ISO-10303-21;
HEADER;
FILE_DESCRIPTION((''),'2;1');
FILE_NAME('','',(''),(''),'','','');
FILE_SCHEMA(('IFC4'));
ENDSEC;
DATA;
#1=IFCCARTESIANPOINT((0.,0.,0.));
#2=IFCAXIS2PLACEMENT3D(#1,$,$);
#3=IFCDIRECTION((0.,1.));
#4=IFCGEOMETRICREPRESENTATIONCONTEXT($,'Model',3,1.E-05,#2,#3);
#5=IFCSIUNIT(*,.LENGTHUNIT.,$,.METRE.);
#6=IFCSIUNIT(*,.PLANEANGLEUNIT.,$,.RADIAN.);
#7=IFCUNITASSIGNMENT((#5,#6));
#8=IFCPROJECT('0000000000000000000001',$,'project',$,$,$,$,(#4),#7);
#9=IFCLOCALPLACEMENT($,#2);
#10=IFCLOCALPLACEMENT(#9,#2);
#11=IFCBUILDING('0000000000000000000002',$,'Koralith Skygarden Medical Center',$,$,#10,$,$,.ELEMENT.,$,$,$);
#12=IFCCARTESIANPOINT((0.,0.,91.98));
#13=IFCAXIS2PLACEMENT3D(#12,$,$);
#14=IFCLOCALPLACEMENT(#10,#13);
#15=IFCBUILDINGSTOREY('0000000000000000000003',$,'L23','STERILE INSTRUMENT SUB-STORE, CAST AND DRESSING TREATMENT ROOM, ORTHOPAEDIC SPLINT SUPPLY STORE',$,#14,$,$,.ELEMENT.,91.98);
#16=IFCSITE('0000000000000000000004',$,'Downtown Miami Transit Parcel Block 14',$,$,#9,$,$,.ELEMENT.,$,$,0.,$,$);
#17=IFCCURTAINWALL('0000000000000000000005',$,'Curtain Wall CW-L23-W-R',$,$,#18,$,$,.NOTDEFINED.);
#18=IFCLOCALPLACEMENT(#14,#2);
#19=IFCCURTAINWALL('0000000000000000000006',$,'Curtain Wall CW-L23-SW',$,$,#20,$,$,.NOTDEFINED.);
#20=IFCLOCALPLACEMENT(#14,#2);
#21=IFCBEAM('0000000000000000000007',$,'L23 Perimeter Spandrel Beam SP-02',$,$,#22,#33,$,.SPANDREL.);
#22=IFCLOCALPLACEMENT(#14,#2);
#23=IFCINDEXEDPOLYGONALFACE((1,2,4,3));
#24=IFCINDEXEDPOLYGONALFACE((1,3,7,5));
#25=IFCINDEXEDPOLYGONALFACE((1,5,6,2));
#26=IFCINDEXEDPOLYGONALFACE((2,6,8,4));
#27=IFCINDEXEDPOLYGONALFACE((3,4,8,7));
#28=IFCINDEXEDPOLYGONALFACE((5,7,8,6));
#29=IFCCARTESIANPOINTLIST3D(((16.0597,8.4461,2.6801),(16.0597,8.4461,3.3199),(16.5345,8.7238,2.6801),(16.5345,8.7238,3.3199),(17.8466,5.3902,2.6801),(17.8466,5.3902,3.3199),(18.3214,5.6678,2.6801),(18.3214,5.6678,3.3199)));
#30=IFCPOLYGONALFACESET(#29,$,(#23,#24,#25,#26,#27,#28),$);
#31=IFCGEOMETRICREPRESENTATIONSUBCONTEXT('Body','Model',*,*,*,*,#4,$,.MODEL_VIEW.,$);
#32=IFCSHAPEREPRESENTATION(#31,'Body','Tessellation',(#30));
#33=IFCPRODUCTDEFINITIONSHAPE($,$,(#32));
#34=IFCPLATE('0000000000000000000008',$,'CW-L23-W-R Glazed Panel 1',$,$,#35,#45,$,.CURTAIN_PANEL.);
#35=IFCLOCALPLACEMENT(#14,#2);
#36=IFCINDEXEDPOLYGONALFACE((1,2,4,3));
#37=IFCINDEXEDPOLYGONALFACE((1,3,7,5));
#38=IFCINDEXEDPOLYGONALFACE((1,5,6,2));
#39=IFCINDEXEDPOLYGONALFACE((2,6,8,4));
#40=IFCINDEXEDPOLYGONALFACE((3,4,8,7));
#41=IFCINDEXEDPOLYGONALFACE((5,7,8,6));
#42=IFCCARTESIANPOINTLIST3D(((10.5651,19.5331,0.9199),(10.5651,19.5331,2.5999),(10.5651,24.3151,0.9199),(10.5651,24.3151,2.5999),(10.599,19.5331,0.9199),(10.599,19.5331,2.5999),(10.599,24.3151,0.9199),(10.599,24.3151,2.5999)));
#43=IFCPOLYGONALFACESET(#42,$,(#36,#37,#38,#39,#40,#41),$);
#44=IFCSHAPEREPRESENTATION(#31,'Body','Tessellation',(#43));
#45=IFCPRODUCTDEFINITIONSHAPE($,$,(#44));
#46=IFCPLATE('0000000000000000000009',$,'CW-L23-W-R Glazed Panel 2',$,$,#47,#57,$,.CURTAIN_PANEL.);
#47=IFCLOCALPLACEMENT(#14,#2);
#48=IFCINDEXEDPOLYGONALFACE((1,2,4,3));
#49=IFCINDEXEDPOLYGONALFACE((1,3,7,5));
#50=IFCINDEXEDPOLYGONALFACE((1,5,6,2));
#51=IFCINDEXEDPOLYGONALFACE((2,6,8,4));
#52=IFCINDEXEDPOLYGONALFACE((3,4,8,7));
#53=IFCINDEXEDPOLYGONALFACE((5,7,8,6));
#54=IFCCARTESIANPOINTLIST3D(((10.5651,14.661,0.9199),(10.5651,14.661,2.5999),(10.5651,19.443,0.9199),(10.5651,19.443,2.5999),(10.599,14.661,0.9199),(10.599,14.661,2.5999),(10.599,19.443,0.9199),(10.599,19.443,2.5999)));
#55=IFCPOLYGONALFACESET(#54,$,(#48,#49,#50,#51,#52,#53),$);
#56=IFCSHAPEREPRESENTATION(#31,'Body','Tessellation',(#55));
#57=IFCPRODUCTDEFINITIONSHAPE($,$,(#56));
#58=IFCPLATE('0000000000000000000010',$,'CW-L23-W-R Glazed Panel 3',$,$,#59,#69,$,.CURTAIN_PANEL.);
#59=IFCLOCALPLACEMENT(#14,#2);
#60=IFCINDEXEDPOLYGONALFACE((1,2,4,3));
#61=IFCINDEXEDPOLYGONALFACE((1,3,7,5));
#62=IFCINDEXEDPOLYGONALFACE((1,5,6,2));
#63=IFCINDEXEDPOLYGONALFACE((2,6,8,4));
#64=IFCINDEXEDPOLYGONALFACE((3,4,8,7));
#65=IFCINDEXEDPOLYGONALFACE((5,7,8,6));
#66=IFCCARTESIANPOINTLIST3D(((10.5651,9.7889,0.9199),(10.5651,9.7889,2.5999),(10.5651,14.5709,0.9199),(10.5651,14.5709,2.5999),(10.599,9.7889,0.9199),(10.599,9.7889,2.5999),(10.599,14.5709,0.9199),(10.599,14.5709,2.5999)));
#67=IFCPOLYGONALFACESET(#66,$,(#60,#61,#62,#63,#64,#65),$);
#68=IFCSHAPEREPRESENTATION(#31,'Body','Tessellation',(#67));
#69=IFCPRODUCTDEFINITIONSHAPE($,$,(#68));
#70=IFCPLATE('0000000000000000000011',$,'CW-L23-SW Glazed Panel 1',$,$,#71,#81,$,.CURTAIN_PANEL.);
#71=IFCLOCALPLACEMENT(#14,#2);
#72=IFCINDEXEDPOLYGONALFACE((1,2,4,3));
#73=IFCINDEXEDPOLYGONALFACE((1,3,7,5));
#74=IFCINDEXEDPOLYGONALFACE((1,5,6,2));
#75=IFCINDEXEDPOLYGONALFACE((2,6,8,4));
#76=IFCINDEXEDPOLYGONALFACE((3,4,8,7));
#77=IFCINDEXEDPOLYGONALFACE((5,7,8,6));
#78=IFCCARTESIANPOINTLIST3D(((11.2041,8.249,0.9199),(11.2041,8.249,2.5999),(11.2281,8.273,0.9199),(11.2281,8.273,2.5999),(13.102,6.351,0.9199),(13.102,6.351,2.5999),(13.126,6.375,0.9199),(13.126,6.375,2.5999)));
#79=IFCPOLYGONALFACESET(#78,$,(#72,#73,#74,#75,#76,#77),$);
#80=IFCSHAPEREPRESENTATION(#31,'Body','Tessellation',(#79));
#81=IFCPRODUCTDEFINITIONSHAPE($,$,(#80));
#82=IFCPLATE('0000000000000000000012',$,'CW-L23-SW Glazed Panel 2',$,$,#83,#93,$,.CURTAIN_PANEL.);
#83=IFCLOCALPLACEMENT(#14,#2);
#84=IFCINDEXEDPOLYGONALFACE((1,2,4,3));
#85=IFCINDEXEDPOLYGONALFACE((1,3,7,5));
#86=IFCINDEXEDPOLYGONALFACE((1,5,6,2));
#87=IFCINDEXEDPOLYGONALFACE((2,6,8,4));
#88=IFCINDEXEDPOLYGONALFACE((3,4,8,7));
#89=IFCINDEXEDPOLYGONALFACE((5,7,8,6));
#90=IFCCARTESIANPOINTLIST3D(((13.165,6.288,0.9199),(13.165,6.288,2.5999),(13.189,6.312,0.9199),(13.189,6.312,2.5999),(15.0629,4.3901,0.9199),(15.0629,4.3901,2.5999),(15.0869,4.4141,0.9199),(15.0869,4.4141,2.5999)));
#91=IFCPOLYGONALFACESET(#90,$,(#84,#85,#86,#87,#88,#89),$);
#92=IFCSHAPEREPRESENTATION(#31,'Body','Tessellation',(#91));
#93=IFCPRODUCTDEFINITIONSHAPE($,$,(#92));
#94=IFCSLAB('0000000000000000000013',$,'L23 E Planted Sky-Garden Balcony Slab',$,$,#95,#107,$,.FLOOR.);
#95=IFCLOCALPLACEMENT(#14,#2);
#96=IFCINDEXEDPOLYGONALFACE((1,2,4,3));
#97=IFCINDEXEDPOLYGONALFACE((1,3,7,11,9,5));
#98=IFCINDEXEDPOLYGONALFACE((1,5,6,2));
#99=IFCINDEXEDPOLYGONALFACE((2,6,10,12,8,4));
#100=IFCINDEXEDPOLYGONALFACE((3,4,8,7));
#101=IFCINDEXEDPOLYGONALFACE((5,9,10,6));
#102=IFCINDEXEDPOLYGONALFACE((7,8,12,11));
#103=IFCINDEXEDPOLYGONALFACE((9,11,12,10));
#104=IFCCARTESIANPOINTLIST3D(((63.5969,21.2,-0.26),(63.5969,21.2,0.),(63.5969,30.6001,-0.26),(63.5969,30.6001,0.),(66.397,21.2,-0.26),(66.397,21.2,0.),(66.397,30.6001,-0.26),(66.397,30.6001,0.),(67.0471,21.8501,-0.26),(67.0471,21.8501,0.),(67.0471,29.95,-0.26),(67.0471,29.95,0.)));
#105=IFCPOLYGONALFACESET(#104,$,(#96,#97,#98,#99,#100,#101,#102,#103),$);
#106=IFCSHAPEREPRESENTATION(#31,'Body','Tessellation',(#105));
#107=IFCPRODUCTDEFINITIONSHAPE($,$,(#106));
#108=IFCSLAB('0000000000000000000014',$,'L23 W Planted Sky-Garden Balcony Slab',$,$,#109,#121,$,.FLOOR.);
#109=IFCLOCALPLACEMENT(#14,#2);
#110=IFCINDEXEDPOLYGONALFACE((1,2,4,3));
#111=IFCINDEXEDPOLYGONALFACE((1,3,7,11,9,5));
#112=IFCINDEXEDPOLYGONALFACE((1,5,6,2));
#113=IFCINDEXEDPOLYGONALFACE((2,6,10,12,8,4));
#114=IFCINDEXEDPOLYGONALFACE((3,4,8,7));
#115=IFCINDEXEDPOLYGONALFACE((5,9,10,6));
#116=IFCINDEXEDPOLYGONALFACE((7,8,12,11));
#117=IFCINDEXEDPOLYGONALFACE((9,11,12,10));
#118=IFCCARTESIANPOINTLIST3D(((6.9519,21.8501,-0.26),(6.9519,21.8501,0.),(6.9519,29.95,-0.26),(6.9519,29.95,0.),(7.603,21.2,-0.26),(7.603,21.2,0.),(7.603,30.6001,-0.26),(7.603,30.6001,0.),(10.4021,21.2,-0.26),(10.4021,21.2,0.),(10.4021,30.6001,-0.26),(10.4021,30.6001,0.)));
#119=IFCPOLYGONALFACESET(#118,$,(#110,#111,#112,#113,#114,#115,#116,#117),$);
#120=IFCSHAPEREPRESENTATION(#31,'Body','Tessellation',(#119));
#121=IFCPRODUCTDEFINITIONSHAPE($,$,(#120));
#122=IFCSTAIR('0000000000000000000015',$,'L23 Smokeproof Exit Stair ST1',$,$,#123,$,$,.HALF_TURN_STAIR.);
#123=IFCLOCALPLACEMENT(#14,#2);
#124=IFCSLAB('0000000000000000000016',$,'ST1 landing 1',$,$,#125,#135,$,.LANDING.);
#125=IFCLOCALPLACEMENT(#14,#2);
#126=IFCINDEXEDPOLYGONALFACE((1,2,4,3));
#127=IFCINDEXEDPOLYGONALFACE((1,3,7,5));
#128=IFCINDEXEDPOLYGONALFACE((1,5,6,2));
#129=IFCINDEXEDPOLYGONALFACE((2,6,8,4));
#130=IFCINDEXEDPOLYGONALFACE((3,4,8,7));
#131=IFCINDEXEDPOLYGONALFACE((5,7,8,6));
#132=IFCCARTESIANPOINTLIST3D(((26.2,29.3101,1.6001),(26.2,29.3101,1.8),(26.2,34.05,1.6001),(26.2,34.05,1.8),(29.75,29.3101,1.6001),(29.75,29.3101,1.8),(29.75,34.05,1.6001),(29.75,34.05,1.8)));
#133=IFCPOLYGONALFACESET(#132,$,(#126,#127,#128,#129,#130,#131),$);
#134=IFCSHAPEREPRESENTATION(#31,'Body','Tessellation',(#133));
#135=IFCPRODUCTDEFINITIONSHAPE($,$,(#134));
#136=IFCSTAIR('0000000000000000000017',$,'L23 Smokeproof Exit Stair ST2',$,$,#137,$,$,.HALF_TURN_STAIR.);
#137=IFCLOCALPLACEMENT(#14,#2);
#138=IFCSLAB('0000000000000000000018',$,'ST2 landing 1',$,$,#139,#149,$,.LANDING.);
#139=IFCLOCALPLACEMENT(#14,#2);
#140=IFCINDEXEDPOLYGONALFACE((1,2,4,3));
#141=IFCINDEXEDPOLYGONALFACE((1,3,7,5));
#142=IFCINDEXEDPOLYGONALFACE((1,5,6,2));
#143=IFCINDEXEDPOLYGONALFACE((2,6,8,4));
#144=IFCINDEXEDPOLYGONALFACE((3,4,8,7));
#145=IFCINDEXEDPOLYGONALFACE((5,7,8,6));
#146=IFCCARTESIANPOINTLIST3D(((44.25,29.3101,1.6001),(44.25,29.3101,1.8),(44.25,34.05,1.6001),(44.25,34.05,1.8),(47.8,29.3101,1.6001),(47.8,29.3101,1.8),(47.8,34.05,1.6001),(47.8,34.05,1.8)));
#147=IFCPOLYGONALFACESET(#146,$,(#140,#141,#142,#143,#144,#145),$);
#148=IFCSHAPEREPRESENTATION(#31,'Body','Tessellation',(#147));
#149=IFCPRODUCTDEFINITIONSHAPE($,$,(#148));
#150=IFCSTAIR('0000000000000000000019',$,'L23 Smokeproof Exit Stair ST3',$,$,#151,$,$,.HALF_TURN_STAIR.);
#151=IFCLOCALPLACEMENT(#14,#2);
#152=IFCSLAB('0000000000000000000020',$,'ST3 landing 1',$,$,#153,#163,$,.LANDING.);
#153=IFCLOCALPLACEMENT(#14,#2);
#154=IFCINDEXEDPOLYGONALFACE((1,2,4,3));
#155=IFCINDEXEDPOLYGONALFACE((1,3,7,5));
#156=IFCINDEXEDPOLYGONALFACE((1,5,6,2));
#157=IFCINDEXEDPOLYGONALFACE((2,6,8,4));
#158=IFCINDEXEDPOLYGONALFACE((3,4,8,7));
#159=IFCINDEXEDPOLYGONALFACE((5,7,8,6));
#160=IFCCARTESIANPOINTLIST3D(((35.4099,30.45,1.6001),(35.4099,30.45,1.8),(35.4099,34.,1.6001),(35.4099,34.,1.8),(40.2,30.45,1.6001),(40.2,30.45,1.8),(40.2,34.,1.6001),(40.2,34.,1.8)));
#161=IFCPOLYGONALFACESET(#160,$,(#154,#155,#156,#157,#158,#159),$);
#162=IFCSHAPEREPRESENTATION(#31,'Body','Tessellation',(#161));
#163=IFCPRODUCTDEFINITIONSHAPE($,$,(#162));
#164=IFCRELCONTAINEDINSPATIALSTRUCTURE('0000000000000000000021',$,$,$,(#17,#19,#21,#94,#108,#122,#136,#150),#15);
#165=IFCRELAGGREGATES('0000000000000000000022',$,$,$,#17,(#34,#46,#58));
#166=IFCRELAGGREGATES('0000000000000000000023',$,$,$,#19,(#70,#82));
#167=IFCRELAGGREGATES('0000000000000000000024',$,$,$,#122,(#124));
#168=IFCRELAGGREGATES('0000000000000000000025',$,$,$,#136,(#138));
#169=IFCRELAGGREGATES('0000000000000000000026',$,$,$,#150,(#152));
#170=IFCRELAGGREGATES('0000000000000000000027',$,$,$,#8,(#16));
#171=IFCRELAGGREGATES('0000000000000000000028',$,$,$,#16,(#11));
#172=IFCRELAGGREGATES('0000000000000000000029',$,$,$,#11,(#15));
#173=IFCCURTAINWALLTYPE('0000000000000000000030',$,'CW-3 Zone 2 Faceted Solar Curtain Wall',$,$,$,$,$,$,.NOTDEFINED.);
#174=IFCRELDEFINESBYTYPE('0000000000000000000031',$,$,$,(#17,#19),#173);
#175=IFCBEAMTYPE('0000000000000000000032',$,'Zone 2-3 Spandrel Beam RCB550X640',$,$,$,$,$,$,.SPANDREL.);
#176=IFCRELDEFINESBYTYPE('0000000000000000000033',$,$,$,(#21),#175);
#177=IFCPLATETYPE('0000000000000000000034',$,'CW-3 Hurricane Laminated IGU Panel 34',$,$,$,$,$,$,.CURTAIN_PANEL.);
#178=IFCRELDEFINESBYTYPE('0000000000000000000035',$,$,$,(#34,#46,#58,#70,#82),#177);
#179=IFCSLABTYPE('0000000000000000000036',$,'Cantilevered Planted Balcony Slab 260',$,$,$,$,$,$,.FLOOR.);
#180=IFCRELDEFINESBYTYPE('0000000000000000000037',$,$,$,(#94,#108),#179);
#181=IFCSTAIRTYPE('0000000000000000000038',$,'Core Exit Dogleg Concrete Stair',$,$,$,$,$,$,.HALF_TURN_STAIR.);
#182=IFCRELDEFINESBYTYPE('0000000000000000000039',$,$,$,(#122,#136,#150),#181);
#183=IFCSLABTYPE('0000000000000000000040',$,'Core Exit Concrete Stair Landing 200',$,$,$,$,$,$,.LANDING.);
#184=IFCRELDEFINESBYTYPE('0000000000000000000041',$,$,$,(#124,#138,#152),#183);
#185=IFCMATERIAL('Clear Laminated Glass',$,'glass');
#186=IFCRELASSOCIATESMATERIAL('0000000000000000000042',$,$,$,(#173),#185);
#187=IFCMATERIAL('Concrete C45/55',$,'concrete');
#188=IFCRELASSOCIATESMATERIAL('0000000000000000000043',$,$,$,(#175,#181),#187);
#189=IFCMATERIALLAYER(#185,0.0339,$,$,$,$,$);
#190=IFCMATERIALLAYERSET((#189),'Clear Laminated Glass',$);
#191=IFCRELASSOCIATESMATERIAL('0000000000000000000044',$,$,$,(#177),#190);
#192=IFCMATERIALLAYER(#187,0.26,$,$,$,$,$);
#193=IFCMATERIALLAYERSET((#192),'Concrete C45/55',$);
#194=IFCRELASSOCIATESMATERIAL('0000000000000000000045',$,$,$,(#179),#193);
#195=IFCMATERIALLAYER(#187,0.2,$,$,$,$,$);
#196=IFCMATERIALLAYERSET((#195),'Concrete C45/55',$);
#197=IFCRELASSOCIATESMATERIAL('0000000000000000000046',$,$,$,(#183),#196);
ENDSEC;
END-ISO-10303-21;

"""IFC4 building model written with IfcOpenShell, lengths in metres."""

from ifc_helpers import new_model, si_unit, direction, frame, origin, origin_2d, place, context, subcontext, project, spatial, polyline, rectangle, outline, extrude, material, layer, layer_set, material_profile, profile_set, type_object, element, aggregate, save


model = new_model("IFC4")

# Units and contexts
model_context = context("Model", 3, precision=1e-05, world=origin(), true_north=direction((0.0, 1.0)))
body_context = subcontext(model_context, "Body", "Model", "MODEL_VIEW")
ifc_project = project(units=[si_unit("LENGTHUNIT", "METRE"), si_unit("PLANEANGLEUNIT", "RADIAN")], contexts=[model_context])

# Site, building, storey
site_placement = place(None, origin())
site = spatial("IfcSite", under=ifc_project, at=site_placement, Name="Downtown Miami Transit Parcel Block 14", CompositionType="ELEMENT", RefElevation=0.0)
building_placement = place(site_placement, origin())
building = spatial("IfcBuilding", under=site, at=building_placement, Name="Koralith Skygarden Medical Center", CompositionType="ELEMENT")
storey_placement = place(building_placement, frame((0.0, 0.0, 91.98)))
storey = spatial("IfcBuildingStorey", under=building, at=storey_placement, Name="L23", Description="STERILE INSTRUMENT SUB-STORE, CAST AND DRESSING TREATMENT ROOM, ORTHOPAEDIC SPLINT SUPPLY STORE", CompositionType="ELEMENT", Elevation=91.98)

# Curtain walls
ifc_material_1 = material(Name="Clear Laminated Glass", Category="glass")
curtain_wall_type = type_object("IfcCurtainWallType", Name="CW-3 Zone 2 Faceted Solar Curtain Wall", PredefinedType="NOTDEFINED", material=ifc_material_1)
curtain_wall_1_placement = place(storey_placement, origin())
curtain_wall_1 = element("IfcCurtainWall", 1, at=curtain_wall_1_placement, inside=storey, type_object=curtain_wall_type, Name="Curtain Wall CW-L23-W-R", PredefinedType="NOTDEFINED")
curtain_wall_2_placement = place(storey_placement, origin())
curtain_wall_2 = element("IfcCurtainWall", 2, at=curtain_wall_2_placement, inside=storey, type_object=curtain_wall_type, Name="Curtain Wall CW-L23-SW", PredefinedType="NOTDEFINED")

# Beam
ifc_material_2 = material(Name="Concrete C45/55", Category="concrete")
ifc_material_profile_1 = material_profile(ifc_material_2, rectangle(XDim=0.55, YDim=0.6399, at=origin_2d()), Name="RCB550X640")
ifc_profile_set_1 = profile_set([ifc_material_profile_1], Name="Concrete C45/55")
beam_type = type_object("IfcBeamType", Name="Zone 2-3 Spandrel Beam RCB550X640", PredefinedType="SPANDREL", material=ifc_profile_set_1)
beam_1_placement = place(storey_placement, frame((16.2971, 8.585, 3.0), z_axis=(0.504767, -0.863256, 0.0), x_axis=(0.863256, 0.504767, 0.0)))
element("IfcBeam", 3, at=beam_1_placement, inside=storey, type_object=beam_type, Name="L23 Perimeter Spandrel Beam SP-02", PredefinedType="SPANDREL", context=body_context, shape_type="SweptSolid", body=[
    extrude(rectangle(XDim=0.55, YDim=0.6399, at=origin_2d()), origin(), (0.0, 0.0, 1.0), 3.54),
])

# Plates
ifc_layer_1 = layer(ifc_material_1, 0.0339)
ifc_layer_set_1 = layer_set([ifc_layer_1], Name="Clear Laminated Glass")
plate_type_1 = type_object("IfcPlateType", Name="CW-3 Hurricane Laminated IGU Panel 34", PredefinedType="CURTAIN_PANEL", material=ifc_layer_set_1)
plate_1_placement = place(storey_placement, frame((10.582, 21.9241, 0.9199), z_axis=(0.0, 0.0, 1.0), x_axis=(0.0, -1.0, 0.0)))
plate_1 = element("IfcPlate", 4, at=plate_1_placement, type_object=plate_type_1, Name="CW-L23-W-R Glazed Panel 1", PredefinedType="CURTAIN_PANEL", context=body_context, shape_type="SweptSolid", body=[
    extrude(rectangle(XDim=4.782, YDim=0.0339, at=origin_2d()), origin(), (0.0, 0.0, 1.0), 1.6799),
])
plate_2_placement = place(storey_placement, frame((10.582, 17.052, 0.9199), z_axis=(0.0, 0.0, 1.0), x_axis=(0.0, -1.0, 0.0)))
plate_2 = element("IfcPlate", 5, at=plate_2_placement, type_object=plate_type_1, Name="CW-L23-W-R Glazed Panel 2", PredefinedType="CURTAIN_PANEL", context=body_context, shape_type="SweptSolid", body=[
    extrude(rectangle(XDim=4.782, YDim=0.0339, at=origin_2d()), origin(), (0.0, 0.0, 1.0), 1.6799),
])
plate_3_placement = place(storey_placement, frame((10.582, 12.1799, 0.9199), z_axis=(0.0, 0.0, 1.0), x_axis=(0.0, -1.0, 0.0)))
plate_3 = element("IfcPlate", 6, at=plate_3_placement, type_object=plate_type_1, Name="CW-L23-W-R Glazed Panel 3", PredefinedType="CURTAIN_PANEL", context=body_context, shape_type="SweptSolid", body=[
    extrude(rectangle(XDim=4.782, YDim=0.0339, at=origin_2d()), origin(), (0.0, 0.0, 1.0), 1.6799),
])
aggregate(curtain_wall_1, [plate_1, plate_2, plate_3])
plate_4_placement = place(storey_placement, frame((12.165, 7.312, 0.9199), z_axis=(0.0, 0.0, 1.0), x_axis=(0.707107, -0.707107, 0.0)))
plate_4 = element("IfcPlate", 7, at=plate_4_placement, type_object=plate_type_1, Name="CW-L23-SW Glazed Panel 1", PredefinedType="CURTAIN_PANEL", context=body_context, shape_type="SweptSolid", body=[
    extrude(rectangle(XDim=2.6841, YDim=0.0339, at=origin_2d()), origin(), (0.0, 0.0, 1.0), 1.6799),
])
plate_5_placement = place(storey_placement, frame((14.126, 5.3511, 0.9199), z_axis=(0.0, 0.0, 1.0), x_axis=(0.707107, -0.707107, 0.0)))
plate_5 = element("IfcPlate", 8, at=plate_5_placement, type_object=plate_type_1, Name="CW-L23-SW Glazed Panel 2", PredefinedType="CURTAIN_PANEL", context=body_context, shape_type="SweptSolid", body=[
    extrude(rectangle(XDim=2.6841, YDim=0.0339, at=origin_2d()), origin(), (0.0, 0.0, 1.0), 1.6799),
])
aggregate(curtain_wall_2, [plate_4, plate_5])

# Slabs
ifc_layer_2 = layer(ifc_material_2, 0.26)
ifc_layer_set_2 = layer_set([ifc_layer_2], Name="Concrete C45/55")
slab_type_1 = type_object("IfcSlabType", Name="Cantilevered Planted Balcony Slab 260", PredefinedType="FLOOR", material=ifc_layer_set_2)
slab_1_placement = place(storey_placement, frame((0.0, 0.0, -0.26)))
element("IfcSlab", 9, at=slab_1_placement, inside=storey, type_object=slab_type_1, Name="L23 E Planted Sky-Garden Balcony Slab", PredefinedType="FLOOR", context=body_context, shape_type="SweptSolid", body=[
    extrude(outline(polyline([(63.5969, 21.2), (66.397, 21.2), (67.0471, 21.8501), (67.0471, 29.95), (66.397, 30.6001), (63.5969, 30.6001), (63.5969, 21.2)])), origin(), (0.0, 0.0, 1.0), 0.26),
])
slab_2_placement = place(storey_placement, frame((0.0, 0.0, -0.26)))
element("IfcSlab", 10, at=slab_2_placement, inside=storey, type_object=slab_type_1, Name="L23 W Planted Sky-Garden Balcony Slab", PredefinedType="FLOOR", context=body_context, shape_type="SweptSolid", body=[
    extrude(outline(polyline([(7.603, 21.2), (10.4021, 21.2), (10.4021, 30.6001), (7.603, 30.6001), (6.9519, 29.95), (6.9519, 21.8501), (7.603, 21.2)])), origin(), (0.0, 0.0, 1.0), 0.26),
])

# Stairs, slabs
stair_type = type_object("IfcStairType", Name="Core Exit Dogleg Concrete Stair", PredefinedType="HALF_TURN_STAIR", material=ifc_material_2)
stair_1_placement = place(storey_placement, origin())
stair_1 = element("IfcStair", 11, at=stair_1_placement, inside=storey, type_object=stair_type, Name="L23 Smokeproof Exit Stair ST1", PredefinedType="HALF_TURN_STAIR")
ifc_layer_3 = layer(ifc_material_2, 0.2)
ifc_layer_set_3 = layer_set([ifc_layer_3], Name="Concrete C45/55")
slab_type_2 = type_object("IfcSlabType", Name="Core Exit Concrete Stair Landing 200", PredefinedType="LANDING", material=ifc_layer_set_3)
slab_3_placement = place(storey_placement, frame((0.0, 0.0, 1.6001)))
slab_3 = element("IfcSlab", 12, at=slab_3_placement, type_object=slab_type_2, Name="ST1 landing 1", PredefinedType="LANDING", context=body_context, shape_type="SweptSolid", body=[
    extrude(outline(polyline([(29.75, 29.3101), (29.75, 34.05), (26.2, 34.05), (26.2, 29.3101), (29.75, 29.3101)])), origin(), (0.0, 0.0, 1.0), 0.2),
])
aggregate(stair_1, [slab_3])
stair_2_placement = place(storey_placement, origin())
stair_2 = element("IfcStair", 13, at=stair_2_placement, inside=storey, type_object=stair_type, Name="L23 Smokeproof Exit Stair ST2", PredefinedType="HALF_TURN_STAIR")
slab_4_placement = place(storey_placement, frame((0.0, 0.0, 1.6001)))
slab_4 = element("IfcSlab", 14, at=slab_4_placement, type_object=slab_type_2, Name="ST2 landing 1", PredefinedType="LANDING", context=body_context, shape_type="SweptSolid", body=[
    extrude(outline(polyline([(47.8, 29.3101), (47.8, 34.05), (44.25, 34.05), (44.25, 29.3101), (47.8, 29.3101)])), origin(), (0.0, 0.0, 1.0), 0.2),
])
aggregate(stair_2, [slab_4])
stair_3_placement = place(storey_placement, origin())
stair_3 = element("IfcStair", 15, at=stair_3_placement, inside=storey, type_object=stair_type, Name="L23 Smokeproof Exit Stair ST3", PredefinedType="HALF_TURN_STAIR")
slab_5_placement = place(storey_placement, frame((0.0, 0.0, 1.6001)))
slab_5 = element("IfcSlab", 16, at=slab_5_placement, type_object=slab_type_2, Name="ST3 landing 1", PredefinedType="LANDING", context=body_context, shape_type="SweptSolid", body=[
    extrude(outline(polyline([(35.4099, 30.45), (40.2, 30.45), (40.2, 34.0), (35.4099, 34.0), (35.4099, 30.45)])), origin(), (0.0, 0.0, 1.0), 0.2),
])
aggregate(stair_3, [slab_5])

save(model, "model.ifc")
